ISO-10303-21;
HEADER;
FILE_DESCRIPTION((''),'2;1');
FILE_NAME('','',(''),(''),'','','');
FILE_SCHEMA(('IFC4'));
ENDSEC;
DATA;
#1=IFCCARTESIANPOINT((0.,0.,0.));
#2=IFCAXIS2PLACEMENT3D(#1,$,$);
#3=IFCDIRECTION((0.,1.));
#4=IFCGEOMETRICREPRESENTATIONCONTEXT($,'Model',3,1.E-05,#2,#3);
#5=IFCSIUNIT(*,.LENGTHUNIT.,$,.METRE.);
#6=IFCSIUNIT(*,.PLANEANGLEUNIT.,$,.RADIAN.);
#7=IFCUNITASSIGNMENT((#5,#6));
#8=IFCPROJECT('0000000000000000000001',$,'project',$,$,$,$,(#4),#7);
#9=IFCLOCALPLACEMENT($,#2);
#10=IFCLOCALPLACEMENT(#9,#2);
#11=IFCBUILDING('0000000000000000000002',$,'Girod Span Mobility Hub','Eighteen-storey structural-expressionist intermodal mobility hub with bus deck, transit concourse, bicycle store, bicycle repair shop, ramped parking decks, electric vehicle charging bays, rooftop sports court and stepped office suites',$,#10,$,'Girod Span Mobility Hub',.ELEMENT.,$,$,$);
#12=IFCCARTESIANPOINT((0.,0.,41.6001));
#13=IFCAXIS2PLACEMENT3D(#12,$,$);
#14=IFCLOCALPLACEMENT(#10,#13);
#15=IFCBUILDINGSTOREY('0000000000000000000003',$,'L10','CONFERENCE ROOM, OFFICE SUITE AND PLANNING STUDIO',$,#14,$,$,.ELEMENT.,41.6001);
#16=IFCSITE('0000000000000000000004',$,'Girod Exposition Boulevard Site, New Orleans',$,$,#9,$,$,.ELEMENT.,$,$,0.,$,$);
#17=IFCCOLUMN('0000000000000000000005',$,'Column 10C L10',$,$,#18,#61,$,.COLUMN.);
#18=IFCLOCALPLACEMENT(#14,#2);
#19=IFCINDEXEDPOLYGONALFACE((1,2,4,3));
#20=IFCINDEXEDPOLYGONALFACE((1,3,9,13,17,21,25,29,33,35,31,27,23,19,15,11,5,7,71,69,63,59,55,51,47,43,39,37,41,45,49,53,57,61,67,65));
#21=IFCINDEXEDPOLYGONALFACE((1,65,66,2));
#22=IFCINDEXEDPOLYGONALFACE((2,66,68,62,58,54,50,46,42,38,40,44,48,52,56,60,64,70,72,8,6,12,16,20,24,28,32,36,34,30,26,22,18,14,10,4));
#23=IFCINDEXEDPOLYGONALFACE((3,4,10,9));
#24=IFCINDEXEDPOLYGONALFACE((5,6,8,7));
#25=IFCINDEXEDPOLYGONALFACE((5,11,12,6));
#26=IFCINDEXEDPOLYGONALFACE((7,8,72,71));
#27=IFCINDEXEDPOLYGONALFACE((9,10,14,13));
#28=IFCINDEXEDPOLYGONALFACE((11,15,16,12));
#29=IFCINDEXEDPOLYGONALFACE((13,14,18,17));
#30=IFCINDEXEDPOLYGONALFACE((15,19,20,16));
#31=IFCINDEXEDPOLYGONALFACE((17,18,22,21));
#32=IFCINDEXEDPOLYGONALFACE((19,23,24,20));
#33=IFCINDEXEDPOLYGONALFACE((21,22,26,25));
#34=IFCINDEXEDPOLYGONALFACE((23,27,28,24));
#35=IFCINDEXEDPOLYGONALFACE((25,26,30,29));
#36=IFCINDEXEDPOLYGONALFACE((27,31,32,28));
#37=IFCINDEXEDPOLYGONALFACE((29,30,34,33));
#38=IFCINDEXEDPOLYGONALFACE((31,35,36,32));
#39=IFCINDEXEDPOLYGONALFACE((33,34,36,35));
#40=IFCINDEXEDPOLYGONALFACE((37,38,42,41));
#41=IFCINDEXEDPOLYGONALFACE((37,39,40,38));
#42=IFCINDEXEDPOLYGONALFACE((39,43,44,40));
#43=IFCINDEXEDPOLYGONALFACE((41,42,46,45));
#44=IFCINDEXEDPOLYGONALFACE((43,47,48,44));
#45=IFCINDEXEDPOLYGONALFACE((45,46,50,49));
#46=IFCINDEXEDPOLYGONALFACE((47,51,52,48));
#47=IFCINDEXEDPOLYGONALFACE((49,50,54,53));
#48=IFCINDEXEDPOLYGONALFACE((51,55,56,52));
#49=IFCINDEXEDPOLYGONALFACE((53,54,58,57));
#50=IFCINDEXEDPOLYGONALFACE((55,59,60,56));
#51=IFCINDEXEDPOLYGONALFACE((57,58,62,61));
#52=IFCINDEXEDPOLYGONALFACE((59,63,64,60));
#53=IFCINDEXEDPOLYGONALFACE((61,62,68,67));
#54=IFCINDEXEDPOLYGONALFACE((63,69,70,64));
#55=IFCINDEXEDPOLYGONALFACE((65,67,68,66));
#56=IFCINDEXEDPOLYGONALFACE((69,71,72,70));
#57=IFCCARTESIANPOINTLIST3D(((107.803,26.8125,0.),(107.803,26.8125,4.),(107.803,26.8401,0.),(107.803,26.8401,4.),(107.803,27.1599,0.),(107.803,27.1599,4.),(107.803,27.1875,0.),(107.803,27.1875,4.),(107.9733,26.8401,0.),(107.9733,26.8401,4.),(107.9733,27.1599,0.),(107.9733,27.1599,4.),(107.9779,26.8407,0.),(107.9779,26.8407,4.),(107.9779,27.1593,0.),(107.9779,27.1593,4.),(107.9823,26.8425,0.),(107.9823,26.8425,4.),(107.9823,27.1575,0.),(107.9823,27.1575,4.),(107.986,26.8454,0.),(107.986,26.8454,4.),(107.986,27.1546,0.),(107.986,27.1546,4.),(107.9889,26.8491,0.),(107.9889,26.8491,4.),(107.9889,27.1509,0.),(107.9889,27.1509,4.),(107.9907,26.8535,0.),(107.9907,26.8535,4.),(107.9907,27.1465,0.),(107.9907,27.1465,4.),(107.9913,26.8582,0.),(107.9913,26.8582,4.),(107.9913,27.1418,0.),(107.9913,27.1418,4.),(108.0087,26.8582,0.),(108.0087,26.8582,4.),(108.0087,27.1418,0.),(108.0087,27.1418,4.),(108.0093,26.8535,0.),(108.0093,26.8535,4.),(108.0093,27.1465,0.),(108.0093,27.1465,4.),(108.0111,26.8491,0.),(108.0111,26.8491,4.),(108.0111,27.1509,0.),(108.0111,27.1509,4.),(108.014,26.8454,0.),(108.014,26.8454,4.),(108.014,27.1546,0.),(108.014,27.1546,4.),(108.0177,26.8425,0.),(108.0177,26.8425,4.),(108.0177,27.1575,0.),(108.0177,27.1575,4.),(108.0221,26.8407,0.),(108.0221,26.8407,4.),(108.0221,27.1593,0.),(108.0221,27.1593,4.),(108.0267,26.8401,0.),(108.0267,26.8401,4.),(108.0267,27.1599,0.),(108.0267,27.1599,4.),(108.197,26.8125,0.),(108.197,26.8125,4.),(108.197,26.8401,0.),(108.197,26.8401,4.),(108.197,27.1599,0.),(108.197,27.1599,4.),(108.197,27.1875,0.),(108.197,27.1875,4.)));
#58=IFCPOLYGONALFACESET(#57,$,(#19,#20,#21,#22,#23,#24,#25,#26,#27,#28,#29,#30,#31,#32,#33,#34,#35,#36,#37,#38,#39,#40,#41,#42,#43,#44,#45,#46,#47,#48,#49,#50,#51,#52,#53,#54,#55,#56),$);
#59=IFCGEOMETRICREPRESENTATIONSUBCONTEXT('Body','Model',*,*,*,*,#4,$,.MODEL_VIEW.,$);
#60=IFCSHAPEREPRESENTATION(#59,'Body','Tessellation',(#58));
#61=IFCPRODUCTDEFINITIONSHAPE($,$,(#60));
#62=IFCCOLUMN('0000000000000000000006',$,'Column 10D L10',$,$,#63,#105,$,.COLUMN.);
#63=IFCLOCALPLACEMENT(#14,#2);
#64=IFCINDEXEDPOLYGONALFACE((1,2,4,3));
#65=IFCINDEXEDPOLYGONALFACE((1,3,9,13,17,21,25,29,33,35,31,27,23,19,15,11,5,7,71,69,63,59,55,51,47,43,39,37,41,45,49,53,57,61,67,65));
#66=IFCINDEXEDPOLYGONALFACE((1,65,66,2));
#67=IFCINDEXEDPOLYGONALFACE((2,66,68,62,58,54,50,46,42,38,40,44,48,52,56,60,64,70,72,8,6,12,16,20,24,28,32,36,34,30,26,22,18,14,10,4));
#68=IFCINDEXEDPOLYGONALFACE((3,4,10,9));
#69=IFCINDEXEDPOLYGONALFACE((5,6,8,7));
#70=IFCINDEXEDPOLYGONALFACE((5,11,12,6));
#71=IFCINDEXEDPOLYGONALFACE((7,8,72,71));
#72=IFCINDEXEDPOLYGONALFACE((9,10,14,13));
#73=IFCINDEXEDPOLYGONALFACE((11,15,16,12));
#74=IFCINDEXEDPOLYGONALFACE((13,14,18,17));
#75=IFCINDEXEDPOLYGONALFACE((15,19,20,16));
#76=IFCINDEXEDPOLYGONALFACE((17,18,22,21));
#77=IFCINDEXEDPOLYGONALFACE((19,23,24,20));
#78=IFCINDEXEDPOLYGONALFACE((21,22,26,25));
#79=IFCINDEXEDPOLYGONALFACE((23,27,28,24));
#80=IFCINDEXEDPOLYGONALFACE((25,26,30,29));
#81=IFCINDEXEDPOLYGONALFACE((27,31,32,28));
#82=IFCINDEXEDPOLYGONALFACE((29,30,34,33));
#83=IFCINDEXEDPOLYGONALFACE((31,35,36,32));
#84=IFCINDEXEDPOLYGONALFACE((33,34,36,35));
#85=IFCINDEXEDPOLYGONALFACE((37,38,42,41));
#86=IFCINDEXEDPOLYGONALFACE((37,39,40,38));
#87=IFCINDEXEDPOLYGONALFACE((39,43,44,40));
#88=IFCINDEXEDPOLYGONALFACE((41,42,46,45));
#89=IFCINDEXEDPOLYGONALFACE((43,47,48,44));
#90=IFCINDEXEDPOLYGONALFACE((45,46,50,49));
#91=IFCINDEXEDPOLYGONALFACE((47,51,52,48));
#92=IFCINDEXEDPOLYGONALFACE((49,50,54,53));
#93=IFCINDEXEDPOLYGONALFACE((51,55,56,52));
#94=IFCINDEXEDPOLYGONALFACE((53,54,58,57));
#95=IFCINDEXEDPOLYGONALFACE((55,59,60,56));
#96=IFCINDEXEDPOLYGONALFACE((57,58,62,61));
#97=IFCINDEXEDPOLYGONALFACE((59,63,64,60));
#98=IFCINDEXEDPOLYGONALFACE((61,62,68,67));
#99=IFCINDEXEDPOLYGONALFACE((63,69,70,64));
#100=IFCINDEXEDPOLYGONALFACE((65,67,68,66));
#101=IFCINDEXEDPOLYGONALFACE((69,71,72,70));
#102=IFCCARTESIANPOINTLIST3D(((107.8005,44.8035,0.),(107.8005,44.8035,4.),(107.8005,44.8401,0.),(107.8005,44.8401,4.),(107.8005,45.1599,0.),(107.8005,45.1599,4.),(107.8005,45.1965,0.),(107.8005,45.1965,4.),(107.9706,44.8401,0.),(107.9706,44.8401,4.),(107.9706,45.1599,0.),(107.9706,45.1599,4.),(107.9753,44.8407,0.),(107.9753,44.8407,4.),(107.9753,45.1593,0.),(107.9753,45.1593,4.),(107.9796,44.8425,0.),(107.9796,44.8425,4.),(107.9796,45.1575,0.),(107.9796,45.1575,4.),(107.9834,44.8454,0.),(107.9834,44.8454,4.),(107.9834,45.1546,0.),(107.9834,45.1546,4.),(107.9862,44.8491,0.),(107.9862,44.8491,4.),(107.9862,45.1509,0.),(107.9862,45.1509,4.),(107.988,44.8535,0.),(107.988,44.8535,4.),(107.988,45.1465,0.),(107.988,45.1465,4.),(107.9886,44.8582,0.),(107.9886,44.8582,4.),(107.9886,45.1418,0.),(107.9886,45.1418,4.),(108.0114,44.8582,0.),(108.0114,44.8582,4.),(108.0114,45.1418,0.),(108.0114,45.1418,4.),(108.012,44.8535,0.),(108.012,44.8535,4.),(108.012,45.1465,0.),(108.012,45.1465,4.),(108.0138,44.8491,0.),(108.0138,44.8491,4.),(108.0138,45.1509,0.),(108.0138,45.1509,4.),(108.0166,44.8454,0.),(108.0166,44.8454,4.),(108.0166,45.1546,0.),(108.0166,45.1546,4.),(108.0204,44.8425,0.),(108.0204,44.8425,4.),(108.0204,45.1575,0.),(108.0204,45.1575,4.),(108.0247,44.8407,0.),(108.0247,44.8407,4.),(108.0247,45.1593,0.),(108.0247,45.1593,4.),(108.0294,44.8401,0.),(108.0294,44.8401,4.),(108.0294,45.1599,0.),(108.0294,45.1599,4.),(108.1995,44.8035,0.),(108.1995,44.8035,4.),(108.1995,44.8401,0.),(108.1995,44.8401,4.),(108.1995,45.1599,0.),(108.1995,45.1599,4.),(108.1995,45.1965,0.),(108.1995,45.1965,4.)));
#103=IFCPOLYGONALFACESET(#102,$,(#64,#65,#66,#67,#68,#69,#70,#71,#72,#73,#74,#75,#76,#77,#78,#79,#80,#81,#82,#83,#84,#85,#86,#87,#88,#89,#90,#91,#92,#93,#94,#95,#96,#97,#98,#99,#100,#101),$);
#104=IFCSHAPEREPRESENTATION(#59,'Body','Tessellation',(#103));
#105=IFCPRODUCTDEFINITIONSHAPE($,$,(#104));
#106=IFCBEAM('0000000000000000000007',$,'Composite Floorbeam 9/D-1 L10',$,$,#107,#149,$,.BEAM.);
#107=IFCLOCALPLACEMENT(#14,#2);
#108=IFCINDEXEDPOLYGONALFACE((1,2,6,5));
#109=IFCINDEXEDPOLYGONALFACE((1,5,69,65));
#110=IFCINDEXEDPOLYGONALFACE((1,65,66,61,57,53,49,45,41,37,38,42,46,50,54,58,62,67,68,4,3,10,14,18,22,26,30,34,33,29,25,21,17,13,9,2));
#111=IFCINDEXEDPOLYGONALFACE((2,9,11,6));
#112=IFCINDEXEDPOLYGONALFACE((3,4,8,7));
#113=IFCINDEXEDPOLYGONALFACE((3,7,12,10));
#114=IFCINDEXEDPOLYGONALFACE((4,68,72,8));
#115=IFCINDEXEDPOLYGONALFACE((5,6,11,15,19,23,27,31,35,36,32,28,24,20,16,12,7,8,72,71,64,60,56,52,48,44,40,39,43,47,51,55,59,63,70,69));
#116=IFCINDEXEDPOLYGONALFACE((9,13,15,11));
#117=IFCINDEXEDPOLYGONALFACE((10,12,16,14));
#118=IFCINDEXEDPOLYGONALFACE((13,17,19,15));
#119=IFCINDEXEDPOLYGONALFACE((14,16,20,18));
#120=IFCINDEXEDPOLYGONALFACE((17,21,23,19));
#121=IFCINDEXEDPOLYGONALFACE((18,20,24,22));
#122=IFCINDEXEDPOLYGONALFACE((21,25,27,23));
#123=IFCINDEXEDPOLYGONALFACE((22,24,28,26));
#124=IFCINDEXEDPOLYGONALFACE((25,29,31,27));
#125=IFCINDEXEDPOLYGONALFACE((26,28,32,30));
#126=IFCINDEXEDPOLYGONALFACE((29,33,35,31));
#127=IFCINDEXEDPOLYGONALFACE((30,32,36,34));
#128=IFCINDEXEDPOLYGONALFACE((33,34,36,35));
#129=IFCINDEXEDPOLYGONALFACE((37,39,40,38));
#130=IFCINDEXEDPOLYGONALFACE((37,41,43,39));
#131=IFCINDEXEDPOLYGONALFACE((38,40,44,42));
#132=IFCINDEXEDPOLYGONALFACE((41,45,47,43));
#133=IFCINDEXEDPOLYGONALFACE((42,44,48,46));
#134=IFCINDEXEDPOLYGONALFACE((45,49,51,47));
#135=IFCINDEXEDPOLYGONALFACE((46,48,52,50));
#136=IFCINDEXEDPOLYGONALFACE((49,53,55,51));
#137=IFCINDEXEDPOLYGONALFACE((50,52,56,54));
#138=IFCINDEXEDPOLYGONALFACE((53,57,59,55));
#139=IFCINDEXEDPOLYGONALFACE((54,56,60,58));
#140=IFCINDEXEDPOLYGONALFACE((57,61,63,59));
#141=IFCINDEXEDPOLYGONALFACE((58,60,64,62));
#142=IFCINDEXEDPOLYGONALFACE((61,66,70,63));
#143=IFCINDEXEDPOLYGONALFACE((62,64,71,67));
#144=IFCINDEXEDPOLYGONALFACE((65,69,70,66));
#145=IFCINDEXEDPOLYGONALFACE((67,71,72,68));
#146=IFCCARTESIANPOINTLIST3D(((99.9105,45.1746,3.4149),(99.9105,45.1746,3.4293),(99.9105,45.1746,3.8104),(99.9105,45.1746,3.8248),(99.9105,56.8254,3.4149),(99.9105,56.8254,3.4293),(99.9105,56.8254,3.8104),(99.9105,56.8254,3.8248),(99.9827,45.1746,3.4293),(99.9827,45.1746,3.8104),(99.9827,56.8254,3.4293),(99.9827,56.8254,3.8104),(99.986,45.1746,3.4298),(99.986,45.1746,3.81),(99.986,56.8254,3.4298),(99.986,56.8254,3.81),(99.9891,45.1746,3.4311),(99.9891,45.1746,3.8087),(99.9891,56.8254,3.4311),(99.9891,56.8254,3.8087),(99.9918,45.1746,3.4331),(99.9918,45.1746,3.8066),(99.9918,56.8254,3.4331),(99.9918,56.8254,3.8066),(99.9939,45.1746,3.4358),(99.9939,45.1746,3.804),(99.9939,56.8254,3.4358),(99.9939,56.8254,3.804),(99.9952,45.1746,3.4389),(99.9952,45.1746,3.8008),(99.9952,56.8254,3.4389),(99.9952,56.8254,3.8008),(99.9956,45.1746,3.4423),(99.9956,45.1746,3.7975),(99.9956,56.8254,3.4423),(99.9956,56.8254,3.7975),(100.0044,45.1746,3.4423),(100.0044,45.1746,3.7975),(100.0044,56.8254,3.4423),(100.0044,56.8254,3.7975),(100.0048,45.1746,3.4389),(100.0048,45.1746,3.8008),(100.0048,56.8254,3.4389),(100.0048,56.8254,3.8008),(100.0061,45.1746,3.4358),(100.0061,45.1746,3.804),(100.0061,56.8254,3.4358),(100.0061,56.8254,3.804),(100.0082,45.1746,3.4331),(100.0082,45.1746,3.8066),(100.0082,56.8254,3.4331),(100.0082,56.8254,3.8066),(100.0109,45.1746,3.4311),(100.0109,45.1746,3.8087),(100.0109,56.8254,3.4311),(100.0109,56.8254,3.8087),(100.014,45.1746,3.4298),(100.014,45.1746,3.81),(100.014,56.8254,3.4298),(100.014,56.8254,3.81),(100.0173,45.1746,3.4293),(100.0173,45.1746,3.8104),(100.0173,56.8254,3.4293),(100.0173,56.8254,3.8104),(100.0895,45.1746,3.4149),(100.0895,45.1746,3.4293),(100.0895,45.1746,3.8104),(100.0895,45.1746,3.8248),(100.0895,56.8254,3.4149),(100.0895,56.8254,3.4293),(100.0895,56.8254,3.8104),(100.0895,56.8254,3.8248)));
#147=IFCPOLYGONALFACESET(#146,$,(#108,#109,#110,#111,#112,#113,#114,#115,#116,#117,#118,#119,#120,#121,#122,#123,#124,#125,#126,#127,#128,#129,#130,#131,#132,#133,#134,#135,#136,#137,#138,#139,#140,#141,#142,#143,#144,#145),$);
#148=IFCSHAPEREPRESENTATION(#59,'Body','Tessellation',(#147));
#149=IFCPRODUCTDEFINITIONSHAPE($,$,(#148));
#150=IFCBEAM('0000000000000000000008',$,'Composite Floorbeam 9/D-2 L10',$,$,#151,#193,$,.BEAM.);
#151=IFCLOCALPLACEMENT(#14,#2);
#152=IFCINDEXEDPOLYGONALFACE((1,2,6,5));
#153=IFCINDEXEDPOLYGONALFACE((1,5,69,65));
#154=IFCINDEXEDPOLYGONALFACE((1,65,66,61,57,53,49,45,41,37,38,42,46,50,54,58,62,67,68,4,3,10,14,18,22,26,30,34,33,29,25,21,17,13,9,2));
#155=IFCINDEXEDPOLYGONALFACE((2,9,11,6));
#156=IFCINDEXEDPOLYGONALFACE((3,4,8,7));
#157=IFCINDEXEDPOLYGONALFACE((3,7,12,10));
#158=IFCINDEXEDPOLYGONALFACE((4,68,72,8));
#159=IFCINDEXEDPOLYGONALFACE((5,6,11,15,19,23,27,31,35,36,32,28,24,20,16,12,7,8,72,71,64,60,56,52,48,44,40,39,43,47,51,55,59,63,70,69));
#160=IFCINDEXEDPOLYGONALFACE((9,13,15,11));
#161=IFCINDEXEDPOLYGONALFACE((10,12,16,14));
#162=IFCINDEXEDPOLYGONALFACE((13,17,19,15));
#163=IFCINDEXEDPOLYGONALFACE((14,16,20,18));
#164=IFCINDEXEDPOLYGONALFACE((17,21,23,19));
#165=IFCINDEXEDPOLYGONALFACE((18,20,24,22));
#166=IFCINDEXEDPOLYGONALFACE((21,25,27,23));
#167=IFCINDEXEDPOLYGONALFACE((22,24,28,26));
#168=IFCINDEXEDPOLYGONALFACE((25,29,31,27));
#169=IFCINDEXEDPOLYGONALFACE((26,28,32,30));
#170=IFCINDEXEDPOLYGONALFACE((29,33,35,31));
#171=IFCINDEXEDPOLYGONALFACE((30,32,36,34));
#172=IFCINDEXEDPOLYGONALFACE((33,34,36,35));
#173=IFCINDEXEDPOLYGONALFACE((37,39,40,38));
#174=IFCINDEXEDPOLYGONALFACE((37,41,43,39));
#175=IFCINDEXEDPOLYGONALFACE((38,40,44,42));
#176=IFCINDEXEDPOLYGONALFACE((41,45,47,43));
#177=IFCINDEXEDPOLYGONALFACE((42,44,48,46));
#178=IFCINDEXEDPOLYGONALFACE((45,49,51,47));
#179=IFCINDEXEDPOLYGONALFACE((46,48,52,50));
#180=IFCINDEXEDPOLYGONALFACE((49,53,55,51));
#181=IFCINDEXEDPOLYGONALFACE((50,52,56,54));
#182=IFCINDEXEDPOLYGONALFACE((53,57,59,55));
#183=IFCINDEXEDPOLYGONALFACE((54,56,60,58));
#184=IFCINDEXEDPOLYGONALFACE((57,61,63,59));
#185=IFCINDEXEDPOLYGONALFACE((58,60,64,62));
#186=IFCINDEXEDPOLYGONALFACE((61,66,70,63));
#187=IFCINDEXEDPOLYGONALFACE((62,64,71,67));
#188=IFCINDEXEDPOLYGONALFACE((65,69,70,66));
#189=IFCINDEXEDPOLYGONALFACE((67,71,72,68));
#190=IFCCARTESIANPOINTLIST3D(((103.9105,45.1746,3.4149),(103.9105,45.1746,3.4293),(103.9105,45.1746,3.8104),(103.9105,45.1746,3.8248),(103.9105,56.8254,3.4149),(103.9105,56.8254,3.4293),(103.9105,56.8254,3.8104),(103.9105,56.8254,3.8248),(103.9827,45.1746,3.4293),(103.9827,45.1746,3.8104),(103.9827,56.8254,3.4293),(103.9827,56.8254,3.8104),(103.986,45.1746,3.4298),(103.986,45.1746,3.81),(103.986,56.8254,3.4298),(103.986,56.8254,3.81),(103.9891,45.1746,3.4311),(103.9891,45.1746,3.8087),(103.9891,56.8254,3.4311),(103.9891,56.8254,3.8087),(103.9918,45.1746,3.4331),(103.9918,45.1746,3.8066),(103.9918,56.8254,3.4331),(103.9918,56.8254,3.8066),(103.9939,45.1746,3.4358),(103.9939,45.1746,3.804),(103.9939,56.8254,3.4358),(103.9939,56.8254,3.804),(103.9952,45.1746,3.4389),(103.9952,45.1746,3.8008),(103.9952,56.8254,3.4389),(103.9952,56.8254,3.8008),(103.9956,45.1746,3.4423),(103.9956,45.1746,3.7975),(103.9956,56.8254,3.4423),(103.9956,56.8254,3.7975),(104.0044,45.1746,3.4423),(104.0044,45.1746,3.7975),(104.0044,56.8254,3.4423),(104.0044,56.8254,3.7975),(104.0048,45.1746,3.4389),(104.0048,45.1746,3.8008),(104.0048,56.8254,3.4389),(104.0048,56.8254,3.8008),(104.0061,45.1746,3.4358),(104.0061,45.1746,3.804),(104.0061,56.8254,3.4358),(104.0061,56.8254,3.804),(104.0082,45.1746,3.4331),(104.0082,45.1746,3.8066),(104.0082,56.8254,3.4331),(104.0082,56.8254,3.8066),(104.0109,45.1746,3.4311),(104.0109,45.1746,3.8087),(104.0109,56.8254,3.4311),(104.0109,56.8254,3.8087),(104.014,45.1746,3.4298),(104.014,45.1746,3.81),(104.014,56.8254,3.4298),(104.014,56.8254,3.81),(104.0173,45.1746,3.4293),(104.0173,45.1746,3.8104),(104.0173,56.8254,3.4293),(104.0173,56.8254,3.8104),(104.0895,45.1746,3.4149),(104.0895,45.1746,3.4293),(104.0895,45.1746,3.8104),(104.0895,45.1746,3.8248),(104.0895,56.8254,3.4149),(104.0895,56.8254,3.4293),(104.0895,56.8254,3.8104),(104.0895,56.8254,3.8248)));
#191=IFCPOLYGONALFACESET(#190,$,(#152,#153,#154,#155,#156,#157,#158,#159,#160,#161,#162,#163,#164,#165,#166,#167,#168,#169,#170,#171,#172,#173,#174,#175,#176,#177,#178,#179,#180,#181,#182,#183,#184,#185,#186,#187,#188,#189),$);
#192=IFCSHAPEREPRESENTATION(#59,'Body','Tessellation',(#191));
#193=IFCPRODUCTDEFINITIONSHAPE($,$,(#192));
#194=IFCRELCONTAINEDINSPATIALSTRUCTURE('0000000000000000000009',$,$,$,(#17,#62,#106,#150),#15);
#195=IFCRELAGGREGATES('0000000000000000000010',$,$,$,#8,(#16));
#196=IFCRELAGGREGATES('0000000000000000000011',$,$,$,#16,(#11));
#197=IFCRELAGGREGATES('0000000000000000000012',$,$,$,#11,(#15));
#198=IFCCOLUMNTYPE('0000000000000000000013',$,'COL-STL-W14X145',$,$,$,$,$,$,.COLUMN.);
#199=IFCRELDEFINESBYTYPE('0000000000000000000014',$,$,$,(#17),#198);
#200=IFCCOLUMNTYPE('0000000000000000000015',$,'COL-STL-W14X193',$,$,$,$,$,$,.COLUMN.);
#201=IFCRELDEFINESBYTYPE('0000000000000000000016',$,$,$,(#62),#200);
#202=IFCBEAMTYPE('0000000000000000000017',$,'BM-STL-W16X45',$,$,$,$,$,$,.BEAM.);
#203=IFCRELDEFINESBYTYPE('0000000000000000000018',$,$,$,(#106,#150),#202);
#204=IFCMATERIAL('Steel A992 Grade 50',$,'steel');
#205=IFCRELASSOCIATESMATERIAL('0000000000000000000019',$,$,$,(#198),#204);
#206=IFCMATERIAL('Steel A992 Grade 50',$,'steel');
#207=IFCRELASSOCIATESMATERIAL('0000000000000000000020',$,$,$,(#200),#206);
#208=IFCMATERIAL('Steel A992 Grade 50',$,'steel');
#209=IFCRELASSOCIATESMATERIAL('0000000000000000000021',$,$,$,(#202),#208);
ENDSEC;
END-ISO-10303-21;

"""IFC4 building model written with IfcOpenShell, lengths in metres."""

from ifc_helpers import new_model, si_unit, direction, frame, origin, origin_2d, place, context, subcontext, project, spatial, i_section, extrude, material, material_profile, profile_set, type_object, element, save


model = new_model("IFC4")

# Units and contexts
model_context = context("Model", 3, precision=1e-05, world=origin(), true_north=direction((0.0, 1.0)))
body_context = subcontext(model_context, "Body", "Model", "MODEL_VIEW")
ifc_project = project(units=[si_unit("LENGTHUNIT", "METRE"), si_unit("PLANEANGLEUNIT", "RADIAN")], contexts=[model_context])

# Site, building, storey
site_placement = place(None, origin())
site = spatial("IfcSite", under=ifc_project, at=site_placement, Name="Girod Exposition Boulevard Site, New Orleans", CompositionType="ELEMENT", RefElevation=0.0)
building_placement = place(site_placement, origin())
building = spatial("IfcBuilding", under=site, at=building_placement, Name="Girod Span Mobility Hub", Description="Eighteen-storey structural-expressionist intermodal mobility hub with bus deck, transit concourse, bicycle store, bicycle repair shop, ramped parking decks, electric vehicle charging bays, rooftop sports court and stepped office suites", LongName="Girod Span Mobility Hub", CompositionType="ELEMENT")
storey_placement = place(building_placement, frame((0.0, 0.0, 41.6001)))
storey = spatial("IfcBuildingStorey", under=building, at=storey_placement, Name="L10", Description="CONFERENCE ROOM, OFFICE SUITE AND PLANNING STUDIO", CompositionType="ELEMENT", Elevation=41.6001)

# Columns
ifc_material_1 = material(Name="Steel A992 Grade 50", Category="steel")
ifc_material_profile_1 = material_profile(ifc_material_1, i_section(OverallWidth=0.394, OverallDepth=0.375, WebThickness=0.0173, FlangeThickness=0.0276, FilletRadius=0.0181, at=origin_2d()), Name="W14X145")
ifc_profile_set_1 = profile_set([ifc_material_profile_1], Name="Steel A992 Grade 50")
column_type_1 = type_object("IfcColumnType", Name="COL-STL-W14X145", PredefinedType="COLUMN", material=ifc_profile_set_1)
column_1_placement = place(storey_placement, frame((108.0, 27.0, 0.0), z_axis=(0.0, 0.0, 1.0), x_axis=(1.0, 0.0, 0.0)))
element("IfcColumn", 1, at=column_1_placement, inside=storey, type_object=column_type_1, Name="Column 10C L10", PredefinedType="COLUMN", context=body_context, shape_type="SweptSolid", body=[
    extrude(i_section(OverallWidth=0.394, OverallDepth=0.375, WebThickness=0.0173, FlangeThickness=0.0276, FilletRadius=0.0181, at=origin_2d()), origin(), (0.0, 0.0, 1.0), 4.0),
])
ifc_material_2 = material(Name="Steel A992 Grade 50", Category="steel")
ifc_material_profile_2 = material_profile(ifc_material_2, i_section(OverallWidth=0.3989, OverallDepth=0.3931, WebThickness=0.0227, FlangeThickness=0.0366, FilletRadius=0.0181, at=origin_2d()), Name="W14X193")
ifc_profile_set_2 = profile_set([ifc_material_profile_2], Name="Steel A992 Grade 50")
column_type_2 = type_object("IfcColumnType", Name="COL-STL-W14X193", PredefinedType="COLUMN", material=ifc_profile_set_2)
column_2_placement = place(storey_placement, frame((108.0, 45.0, 0.0), z_axis=(0.0, 0.0, 1.0), x_axis=(1.0, 0.0, 0.0)))
element("IfcColumn", 2, at=column_2_placement, inside=storey, type_object=column_type_2, Name="Column 10D L10", PredefinedType="COLUMN", context=body_context, shape_type="SweptSolid", body=[
    extrude(i_section(OverallWidth=0.3989, OverallDepth=0.3931, WebThickness=0.0227, FlangeThickness=0.0366, FilletRadius=0.0181, at=origin_2d()), origin(), (0.0, 0.0, 1.0), 4.0),
])

# Beams
ifc_material_3 = material(Name="Steel A992 Grade 50", Category="steel")
ifc_material_profile_3 = material_profile(ifc_material_3, i_section(OverallWidth=0.179, OverallDepth=0.4099, WebThickness=0.0088, FlangeThickness=0.0144, FilletRadius=0.0129, at=origin_2d()), Name="W16X45")
ifc_profile_set_3 = profile_set([ifc_material_profile_3], Name="Steel A992 Grade 50")
beam_type_1 = type_object("IfcBeamType", Name="BM-STL-W16X45", PredefinedType="BEAM", material=ifc_profile_set_3)
for number, where, z_axis, x_axis, name in (
    (3, (100.0, 45.1746, 3.6199), (0.0, 1.0, 0.0), (-1.0, 0.0, 0.0), "Composite Floorbeam 9/D-1 L10"),
    (4, (104.0, 45.1746, 3.6199), (0.0, 1.0, 0.0), (-1.0, 0.0, 0.0), "Composite Floorbeam 9/D-2 L10"),
):
    element("IfcBeam", number, at=place(storey_placement, frame(where, z_axis=z_axis, x_axis=x_axis)), inside=storey, type_object=beam_type_1, Name=name, PredefinedType="BEAM", context=body_context, shape_type="SweptSolid", body=[
        extrude(i_section(OverallWidth=0.179, OverallDepth=0.4099, WebThickness=0.0088, FlangeThickness=0.0144, FilletRadius=0.0129, at=origin_2d()), origin(), (0.0, 0.0, 1.0), 11.6509),
    ])

save(model, "model.ifc")
